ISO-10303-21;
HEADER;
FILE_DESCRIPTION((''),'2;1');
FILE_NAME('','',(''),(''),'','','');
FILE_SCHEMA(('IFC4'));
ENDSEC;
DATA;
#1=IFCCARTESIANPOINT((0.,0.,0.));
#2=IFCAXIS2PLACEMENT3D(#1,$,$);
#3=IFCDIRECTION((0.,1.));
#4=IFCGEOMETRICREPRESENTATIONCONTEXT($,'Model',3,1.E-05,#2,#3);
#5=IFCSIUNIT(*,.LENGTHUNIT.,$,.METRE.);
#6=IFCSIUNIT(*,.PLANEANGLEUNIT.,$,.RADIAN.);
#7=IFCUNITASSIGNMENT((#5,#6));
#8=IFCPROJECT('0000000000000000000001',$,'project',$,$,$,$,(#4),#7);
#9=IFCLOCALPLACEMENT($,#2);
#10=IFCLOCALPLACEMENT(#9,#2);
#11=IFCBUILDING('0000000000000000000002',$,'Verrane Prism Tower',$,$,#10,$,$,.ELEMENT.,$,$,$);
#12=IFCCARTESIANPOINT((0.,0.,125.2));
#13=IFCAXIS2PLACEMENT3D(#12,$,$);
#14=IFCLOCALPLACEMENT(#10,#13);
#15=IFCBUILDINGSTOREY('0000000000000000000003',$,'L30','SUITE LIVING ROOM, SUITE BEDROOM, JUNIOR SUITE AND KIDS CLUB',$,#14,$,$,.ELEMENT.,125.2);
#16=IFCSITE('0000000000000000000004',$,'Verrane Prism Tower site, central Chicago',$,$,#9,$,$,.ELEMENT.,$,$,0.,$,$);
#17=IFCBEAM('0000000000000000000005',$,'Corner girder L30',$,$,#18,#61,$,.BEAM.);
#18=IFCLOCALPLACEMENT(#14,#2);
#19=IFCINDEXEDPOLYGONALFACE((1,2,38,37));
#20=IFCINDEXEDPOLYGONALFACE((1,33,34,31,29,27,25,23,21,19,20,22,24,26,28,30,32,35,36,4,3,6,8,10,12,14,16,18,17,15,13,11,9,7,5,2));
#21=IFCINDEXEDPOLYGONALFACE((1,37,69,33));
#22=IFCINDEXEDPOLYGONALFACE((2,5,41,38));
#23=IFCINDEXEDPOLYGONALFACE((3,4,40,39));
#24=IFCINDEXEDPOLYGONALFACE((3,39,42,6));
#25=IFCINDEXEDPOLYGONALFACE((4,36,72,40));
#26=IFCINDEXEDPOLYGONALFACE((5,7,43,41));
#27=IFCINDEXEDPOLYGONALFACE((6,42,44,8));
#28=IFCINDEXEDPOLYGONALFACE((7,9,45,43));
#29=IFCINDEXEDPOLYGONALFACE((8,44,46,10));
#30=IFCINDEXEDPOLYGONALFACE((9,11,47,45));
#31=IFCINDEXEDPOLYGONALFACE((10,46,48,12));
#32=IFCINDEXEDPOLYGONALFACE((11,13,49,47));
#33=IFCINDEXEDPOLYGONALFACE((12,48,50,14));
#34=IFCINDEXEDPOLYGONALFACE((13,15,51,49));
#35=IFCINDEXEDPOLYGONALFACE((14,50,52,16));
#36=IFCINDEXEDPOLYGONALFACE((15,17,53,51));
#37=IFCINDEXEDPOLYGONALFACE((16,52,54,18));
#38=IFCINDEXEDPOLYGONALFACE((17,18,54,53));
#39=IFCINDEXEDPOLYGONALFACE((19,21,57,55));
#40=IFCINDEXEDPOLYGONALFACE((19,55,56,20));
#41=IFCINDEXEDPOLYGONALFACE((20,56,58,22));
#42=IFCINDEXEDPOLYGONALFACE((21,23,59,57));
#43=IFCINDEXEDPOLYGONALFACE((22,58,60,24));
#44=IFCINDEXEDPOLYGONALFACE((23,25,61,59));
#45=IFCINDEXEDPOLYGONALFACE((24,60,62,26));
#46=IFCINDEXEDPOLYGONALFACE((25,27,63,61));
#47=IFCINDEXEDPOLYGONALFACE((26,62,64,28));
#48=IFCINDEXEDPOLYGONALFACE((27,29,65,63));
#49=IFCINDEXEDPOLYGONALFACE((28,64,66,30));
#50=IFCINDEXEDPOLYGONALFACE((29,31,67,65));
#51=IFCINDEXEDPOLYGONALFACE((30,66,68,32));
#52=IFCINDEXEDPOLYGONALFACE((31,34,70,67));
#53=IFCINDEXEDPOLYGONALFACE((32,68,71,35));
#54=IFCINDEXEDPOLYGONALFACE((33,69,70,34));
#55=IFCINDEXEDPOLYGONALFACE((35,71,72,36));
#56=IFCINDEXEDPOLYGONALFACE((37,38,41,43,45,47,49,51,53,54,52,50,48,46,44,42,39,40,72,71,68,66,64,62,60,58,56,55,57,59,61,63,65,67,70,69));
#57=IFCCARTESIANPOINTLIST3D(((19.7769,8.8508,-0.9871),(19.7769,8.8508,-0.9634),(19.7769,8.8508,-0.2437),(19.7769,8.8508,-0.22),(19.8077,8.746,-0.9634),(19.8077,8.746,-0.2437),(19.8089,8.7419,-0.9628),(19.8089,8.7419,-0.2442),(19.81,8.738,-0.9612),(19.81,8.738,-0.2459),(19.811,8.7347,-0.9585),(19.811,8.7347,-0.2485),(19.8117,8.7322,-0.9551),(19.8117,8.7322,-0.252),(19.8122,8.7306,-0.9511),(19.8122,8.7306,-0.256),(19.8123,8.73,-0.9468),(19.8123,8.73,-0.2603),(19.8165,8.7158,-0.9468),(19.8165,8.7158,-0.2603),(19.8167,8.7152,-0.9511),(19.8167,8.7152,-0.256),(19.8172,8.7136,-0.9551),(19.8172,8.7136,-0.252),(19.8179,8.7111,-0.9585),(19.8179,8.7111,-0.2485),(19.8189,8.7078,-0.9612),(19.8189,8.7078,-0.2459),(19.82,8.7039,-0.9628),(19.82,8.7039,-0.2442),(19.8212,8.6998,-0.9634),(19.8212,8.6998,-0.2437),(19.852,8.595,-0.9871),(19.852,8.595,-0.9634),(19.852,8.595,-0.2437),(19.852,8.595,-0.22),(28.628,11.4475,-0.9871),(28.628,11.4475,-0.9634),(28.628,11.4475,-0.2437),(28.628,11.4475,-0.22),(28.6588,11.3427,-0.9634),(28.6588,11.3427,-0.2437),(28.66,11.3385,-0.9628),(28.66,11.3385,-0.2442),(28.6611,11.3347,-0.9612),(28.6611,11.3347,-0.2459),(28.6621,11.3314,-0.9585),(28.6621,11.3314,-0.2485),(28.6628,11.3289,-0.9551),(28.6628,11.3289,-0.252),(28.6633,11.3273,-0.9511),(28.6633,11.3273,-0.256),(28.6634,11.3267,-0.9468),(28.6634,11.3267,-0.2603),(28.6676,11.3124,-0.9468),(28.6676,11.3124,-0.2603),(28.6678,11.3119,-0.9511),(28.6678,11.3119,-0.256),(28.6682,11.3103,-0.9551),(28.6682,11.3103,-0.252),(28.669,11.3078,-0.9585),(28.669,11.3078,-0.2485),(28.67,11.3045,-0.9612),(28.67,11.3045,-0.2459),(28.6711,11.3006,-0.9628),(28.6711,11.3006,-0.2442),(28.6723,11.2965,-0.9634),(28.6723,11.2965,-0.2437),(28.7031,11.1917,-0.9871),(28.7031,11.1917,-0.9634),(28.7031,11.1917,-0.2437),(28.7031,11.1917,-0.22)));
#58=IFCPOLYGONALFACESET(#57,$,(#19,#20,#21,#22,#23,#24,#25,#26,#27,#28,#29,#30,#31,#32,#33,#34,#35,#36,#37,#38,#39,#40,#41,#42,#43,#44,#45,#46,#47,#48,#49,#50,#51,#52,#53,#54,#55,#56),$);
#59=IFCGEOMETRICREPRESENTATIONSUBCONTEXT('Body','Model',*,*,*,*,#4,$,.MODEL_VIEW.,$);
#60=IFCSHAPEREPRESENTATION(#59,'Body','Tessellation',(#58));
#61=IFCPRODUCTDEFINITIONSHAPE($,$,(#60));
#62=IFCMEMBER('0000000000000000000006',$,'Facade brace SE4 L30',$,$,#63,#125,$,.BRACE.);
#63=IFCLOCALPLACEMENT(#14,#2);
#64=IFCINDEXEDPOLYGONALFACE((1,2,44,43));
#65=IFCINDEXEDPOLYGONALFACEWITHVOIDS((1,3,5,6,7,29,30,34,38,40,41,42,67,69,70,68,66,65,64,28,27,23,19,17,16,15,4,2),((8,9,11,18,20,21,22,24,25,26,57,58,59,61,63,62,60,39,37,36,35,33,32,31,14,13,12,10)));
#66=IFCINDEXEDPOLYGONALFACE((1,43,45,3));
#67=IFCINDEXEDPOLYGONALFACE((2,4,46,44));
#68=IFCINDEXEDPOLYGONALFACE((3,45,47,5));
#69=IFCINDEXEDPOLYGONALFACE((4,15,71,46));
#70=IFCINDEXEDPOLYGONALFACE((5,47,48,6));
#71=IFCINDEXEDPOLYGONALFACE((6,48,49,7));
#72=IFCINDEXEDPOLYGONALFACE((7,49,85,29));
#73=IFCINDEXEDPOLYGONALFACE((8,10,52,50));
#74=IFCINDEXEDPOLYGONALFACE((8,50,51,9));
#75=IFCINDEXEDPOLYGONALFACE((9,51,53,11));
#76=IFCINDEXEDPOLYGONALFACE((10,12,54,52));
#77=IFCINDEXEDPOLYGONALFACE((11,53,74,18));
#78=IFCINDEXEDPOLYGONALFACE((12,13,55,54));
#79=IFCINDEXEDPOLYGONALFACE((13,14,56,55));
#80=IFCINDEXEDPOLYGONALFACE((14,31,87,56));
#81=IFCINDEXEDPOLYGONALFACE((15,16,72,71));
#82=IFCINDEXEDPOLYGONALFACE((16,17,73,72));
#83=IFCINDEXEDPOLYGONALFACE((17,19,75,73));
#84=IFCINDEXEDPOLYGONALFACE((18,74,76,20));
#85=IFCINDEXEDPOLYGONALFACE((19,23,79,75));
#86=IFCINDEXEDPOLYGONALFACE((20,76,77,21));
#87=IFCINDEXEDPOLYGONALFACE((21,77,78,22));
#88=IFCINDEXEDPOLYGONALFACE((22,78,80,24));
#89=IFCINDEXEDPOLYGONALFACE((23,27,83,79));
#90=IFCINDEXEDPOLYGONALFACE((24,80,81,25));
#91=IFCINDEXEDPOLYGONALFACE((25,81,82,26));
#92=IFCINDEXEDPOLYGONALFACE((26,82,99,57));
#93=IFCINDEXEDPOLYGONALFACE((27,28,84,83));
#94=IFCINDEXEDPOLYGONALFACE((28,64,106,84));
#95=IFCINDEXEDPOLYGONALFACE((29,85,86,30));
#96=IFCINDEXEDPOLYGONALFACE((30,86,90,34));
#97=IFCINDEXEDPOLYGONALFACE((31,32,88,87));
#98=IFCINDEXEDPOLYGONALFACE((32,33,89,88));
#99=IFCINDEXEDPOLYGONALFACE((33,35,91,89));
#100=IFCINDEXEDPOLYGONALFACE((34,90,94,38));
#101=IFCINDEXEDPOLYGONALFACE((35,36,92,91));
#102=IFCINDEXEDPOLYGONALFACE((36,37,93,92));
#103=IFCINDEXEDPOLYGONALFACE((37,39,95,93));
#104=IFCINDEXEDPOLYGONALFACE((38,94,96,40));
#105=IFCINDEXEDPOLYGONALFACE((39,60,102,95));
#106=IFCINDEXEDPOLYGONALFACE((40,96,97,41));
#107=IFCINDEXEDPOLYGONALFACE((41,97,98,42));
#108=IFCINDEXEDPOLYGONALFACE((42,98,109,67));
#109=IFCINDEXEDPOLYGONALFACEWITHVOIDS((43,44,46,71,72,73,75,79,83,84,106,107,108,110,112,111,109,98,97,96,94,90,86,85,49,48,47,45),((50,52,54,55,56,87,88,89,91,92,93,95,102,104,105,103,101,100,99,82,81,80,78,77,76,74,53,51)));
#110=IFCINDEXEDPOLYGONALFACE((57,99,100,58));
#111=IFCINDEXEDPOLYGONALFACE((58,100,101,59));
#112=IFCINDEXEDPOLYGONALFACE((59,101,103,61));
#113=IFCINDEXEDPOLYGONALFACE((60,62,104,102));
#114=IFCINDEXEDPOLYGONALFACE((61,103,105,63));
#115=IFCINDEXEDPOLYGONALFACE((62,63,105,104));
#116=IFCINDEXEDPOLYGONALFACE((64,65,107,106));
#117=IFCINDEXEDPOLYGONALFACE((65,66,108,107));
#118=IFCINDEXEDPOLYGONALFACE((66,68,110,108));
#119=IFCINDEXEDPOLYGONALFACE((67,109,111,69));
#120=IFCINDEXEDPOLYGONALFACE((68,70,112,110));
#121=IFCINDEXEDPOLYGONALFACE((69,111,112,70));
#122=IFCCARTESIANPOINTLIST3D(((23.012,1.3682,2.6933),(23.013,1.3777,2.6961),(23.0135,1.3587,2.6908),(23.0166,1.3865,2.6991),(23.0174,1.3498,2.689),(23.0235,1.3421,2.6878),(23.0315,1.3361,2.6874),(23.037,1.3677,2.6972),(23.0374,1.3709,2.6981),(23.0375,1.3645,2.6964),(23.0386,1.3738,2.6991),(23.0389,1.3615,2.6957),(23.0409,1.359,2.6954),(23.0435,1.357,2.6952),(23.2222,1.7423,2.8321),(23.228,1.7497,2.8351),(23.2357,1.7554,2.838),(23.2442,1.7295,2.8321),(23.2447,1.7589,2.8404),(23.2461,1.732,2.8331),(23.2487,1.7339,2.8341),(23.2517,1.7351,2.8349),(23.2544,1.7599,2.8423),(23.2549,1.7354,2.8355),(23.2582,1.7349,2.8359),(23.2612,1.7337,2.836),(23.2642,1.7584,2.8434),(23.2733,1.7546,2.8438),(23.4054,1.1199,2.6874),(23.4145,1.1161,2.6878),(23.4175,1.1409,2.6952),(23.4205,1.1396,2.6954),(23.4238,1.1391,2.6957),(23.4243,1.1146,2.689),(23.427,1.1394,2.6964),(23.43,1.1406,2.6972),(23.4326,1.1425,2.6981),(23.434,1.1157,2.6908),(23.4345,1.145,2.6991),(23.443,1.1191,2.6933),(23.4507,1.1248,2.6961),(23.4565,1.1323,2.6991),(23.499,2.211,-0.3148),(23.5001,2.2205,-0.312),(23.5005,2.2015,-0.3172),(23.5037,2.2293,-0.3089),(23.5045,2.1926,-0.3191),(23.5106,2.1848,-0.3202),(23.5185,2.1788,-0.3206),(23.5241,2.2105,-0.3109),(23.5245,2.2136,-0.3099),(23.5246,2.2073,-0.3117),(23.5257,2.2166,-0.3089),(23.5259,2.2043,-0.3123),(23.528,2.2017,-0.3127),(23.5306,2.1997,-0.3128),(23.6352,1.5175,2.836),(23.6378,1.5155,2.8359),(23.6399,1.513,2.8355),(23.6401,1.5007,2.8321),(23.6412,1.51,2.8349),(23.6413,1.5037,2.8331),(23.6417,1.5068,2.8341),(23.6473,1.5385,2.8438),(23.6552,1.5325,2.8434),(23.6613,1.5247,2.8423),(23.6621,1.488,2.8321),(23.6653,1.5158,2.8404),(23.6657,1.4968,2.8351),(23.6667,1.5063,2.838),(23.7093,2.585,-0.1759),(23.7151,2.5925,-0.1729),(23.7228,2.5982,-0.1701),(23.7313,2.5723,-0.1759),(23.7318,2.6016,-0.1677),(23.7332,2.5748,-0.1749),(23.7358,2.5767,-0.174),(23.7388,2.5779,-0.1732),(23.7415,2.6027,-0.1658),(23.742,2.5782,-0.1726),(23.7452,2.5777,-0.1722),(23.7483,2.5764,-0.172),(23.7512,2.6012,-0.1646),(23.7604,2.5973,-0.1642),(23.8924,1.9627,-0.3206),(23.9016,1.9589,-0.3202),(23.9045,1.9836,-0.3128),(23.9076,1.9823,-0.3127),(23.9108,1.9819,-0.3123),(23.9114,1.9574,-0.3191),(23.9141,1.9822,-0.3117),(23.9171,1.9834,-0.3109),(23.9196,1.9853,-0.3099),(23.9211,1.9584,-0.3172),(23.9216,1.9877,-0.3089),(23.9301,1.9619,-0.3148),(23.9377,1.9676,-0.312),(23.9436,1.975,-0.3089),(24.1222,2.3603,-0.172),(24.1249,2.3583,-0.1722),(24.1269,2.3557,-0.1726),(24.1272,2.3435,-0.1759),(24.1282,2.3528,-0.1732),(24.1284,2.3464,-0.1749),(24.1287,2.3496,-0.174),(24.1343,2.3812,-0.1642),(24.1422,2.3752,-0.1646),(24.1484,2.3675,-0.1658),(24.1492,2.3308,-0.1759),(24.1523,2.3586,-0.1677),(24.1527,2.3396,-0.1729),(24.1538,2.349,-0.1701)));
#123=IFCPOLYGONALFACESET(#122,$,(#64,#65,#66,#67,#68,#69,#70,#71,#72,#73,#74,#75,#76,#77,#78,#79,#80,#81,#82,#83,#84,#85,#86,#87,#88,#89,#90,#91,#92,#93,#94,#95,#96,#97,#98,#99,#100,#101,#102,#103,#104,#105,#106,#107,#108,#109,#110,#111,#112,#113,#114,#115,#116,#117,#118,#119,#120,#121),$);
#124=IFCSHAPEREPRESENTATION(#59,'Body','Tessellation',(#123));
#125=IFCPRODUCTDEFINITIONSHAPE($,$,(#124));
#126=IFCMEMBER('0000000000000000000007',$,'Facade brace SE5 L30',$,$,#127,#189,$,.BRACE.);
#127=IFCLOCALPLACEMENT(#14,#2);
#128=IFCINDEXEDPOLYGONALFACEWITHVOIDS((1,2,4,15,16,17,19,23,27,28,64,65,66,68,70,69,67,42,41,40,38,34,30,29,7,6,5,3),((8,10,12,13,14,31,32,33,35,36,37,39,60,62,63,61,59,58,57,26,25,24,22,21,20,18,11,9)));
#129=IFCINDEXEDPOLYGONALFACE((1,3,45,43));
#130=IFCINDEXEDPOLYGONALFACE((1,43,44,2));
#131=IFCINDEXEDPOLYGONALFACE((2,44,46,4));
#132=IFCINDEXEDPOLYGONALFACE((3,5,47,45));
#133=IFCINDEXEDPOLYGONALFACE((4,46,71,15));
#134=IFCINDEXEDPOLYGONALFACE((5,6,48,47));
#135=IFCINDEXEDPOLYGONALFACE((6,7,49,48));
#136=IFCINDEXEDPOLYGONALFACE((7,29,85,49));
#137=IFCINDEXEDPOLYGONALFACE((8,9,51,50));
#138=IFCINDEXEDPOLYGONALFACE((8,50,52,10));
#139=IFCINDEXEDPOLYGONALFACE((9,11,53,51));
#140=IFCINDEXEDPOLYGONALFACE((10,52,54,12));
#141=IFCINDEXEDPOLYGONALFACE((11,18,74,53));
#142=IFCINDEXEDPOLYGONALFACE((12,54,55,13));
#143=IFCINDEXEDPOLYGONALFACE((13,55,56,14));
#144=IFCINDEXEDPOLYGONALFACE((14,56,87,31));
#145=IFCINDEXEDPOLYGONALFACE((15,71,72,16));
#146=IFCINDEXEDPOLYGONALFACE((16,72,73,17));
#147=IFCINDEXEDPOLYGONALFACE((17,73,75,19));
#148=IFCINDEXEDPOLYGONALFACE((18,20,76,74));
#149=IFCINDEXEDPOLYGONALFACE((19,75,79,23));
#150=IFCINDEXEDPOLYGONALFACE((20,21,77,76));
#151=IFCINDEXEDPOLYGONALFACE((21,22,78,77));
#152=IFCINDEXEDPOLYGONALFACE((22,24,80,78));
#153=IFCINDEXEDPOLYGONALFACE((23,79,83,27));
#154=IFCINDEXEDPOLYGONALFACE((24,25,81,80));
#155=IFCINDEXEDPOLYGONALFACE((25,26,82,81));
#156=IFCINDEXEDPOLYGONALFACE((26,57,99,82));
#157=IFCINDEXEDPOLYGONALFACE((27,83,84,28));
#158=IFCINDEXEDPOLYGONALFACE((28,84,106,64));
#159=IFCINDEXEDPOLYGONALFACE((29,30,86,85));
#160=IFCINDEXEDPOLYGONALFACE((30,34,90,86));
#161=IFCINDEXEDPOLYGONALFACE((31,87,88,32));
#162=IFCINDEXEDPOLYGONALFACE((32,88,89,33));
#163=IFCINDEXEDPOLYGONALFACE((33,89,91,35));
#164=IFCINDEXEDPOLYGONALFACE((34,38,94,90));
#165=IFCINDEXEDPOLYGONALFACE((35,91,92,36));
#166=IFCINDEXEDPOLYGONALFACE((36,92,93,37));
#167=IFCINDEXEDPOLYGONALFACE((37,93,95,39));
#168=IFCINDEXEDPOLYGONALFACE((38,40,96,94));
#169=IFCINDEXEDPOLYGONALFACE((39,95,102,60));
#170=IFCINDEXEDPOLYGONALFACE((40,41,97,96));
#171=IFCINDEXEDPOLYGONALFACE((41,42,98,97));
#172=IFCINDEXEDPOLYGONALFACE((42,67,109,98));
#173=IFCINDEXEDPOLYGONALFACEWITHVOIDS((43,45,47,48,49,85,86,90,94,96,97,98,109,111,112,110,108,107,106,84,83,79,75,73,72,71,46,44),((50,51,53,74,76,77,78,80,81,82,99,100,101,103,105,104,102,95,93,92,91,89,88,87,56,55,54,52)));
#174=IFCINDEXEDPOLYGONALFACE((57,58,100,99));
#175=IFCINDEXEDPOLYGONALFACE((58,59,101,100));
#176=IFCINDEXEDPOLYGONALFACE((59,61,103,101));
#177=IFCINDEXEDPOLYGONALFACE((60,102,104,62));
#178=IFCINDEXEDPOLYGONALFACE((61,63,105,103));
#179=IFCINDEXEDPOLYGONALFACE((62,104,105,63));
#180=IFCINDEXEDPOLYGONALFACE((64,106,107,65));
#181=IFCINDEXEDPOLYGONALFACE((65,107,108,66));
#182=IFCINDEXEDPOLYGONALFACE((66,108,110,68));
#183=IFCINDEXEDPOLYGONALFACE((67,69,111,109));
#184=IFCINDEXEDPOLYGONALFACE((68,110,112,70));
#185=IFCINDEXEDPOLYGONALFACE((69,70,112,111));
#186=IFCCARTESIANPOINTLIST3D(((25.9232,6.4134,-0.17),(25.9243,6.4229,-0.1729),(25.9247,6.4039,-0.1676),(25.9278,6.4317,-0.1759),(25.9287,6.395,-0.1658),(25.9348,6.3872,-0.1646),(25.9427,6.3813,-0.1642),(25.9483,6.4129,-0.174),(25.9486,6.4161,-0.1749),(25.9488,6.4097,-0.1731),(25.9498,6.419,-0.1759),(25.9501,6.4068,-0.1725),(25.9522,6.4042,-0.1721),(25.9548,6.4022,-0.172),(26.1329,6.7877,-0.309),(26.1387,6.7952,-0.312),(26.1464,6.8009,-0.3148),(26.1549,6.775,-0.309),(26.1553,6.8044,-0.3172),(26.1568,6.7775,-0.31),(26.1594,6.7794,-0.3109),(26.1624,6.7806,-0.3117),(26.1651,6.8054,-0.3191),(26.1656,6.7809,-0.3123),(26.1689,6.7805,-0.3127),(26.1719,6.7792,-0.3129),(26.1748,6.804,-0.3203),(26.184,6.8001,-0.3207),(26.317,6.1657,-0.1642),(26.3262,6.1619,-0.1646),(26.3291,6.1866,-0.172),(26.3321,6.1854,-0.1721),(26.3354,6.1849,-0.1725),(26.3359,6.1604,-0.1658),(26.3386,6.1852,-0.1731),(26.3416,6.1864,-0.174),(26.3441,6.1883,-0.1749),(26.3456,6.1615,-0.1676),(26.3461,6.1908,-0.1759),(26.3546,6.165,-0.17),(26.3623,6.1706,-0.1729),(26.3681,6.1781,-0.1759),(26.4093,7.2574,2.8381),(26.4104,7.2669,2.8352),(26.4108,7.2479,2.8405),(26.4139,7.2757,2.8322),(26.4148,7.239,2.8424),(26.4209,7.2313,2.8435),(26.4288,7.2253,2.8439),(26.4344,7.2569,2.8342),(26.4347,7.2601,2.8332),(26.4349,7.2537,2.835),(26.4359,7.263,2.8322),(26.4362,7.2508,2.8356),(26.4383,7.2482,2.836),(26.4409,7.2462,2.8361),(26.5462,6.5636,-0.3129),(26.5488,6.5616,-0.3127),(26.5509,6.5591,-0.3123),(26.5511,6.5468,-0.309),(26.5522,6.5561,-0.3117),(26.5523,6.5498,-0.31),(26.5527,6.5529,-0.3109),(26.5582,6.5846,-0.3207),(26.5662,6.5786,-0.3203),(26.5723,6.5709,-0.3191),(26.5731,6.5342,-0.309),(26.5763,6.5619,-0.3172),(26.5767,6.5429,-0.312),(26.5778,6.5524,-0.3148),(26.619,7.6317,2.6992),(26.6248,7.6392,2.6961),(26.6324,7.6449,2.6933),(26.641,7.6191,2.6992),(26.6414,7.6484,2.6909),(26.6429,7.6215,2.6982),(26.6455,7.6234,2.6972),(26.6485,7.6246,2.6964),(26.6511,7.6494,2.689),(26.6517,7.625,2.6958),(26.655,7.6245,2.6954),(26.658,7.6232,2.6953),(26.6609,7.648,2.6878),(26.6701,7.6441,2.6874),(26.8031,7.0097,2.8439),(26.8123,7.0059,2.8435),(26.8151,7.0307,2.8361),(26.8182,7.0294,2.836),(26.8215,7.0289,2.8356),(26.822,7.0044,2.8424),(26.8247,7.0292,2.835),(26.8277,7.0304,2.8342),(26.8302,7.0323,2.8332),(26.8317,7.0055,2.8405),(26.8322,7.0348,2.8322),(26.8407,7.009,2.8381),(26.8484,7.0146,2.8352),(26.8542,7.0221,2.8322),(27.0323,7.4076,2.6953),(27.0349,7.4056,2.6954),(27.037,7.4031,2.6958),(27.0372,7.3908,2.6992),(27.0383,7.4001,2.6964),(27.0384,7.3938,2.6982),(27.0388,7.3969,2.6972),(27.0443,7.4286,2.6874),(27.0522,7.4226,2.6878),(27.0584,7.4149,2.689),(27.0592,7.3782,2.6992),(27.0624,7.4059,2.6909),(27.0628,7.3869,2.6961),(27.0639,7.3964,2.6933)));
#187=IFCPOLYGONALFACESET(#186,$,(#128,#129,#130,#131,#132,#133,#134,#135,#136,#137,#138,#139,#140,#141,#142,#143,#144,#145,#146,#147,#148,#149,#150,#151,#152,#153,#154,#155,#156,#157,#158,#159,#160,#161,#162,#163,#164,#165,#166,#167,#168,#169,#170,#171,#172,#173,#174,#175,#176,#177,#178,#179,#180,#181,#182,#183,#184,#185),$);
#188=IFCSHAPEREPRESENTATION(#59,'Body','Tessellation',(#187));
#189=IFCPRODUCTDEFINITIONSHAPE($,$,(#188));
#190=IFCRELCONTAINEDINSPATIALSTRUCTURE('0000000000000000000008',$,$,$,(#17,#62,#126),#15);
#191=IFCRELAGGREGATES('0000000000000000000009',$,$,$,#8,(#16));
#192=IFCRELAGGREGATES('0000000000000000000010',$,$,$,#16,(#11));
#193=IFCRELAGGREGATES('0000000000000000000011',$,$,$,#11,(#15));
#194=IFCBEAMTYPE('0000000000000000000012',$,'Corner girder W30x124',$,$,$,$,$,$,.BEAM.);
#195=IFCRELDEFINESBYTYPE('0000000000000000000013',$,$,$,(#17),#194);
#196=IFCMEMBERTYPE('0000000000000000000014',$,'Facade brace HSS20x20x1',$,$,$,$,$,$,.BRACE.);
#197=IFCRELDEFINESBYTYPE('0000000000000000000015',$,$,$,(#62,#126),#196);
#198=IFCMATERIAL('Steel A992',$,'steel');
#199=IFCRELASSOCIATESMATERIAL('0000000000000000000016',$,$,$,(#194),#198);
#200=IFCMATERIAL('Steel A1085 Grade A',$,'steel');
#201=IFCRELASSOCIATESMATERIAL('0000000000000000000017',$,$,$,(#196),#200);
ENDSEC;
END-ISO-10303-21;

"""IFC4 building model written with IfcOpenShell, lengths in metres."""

from ifc_helpers import new_model, si_unit, direction, frame, origin, origin_2d, place, context, subcontext, project, spatial, hollow_rectangle, i_section, extrude, material, material_profile, profile_set, type_object, element, save


model = new_model("IFC4")

# Units and contexts
model_context = context("Model", 3, precision=1e-05, world=origin(), true_north=direction((0.0, 1.0)))
body_context = subcontext(model_context, "Body", "Model", "MODEL_VIEW")
ifc_project = project(units=[si_unit("LENGTHUNIT", "METRE"), si_unit("PLANEANGLEUNIT", "RADIAN")], contexts=[model_context])

# Site, building, storey
site_placement = place(None, origin())
site = spatial("IfcSite", under=ifc_project, at=site_placement, Name="Verrane Prism Tower site, central Chicago", CompositionType="ELEMENT", RefElevation=0.0)
building_placement = place(site_placement, origin())
building = spatial("IfcBuilding", under=site, at=building_placement, Name="Verrane Prism Tower", CompositionType="ELEMENT")
storey_placement = place(building_placement, frame((0.0, 0.0, 125.2)))
storey = spatial("IfcBuildingStorey", under=building, at=storey_placement, Name="L30", Description="SUITE LIVING ROOM, SUITE BEDROOM, JUNIOR SUITE AND KIDS CLUB", CompositionType="ELEMENT", Elevation=125.2)

# Beam
ifc_material_1 = material(Name="Steel A992", Category="steel")
ifc_material_profile_1 = material_profile(ifc_material_1, i_section(OverallWidth=0.2666, OverallDepth=0.7671, WebThickness=0.0149, FlangeThickness=0.0237, FilletRadius=0.0166, at=origin_2d()), Name="W30x124")
ifc_profile_set_1 = profile_set([ifc_material_profile_1], Name="Steel A992")
beam_type_1 = type_object("IfcBeamType", Name="Corner girder W30x124", PredefinedType="BEAM", material=ifc_profile_set_1)
beam_1_placement = place(storey_placement, frame((28.6655, 11.3196, -0.6035), z_axis=(-0.959558, -0.28151, 0.0), x_axis=(0.28151, -0.959558, 0.0)))
element("IfcBeam", 1, at=beam_1_placement, inside=storey, type_object=beam_type_1, Name="Corner girder L30", PredefinedType="BEAM", context=body_context, shape_type="SweptSolid", body=[
    extrude(i_section(OverallWidth=0.2666, OverallDepth=0.7671, WebThickness=0.0149, FlangeThickness=0.0237, FilletRadius=0.0166, at=origin_2d()), origin(), (0.0, 0.0, 1.0), 9.2241),
])

# Members
ifc_material_2 = material(Name="Steel A1085 Grade A", Category="steel")
ifc_material_profile_2 = material_profile(ifc_material_2, hollow_rectangle(XDim=0.5081, YDim=0.5081, WallThickness=0.0254, InnerFilletRadius=0.0127, OuterFilletRadius=0.0381, at=origin_2d()), Name="HSS20x20x1")
ifc_profile_set_2 = profile_set([ifc_material_profile_2], Name="Steel A1085 Grade A")
member_type_1 = type_object("IfcMemberType", Name="Facade brace HSS20x20x1", PredefinedType="BRACE", material=ifc_profile_set_2)
member_1_placement = place(storey_placement, frame((23.8264, 2.28, -0.2424), z_axis=(-0.154054, -0.266563, 0.951426), x_axis=(0.86581, -0.500374, 0.0)))
element("IfcMember", 2, at=member_1_placement, inside=storey, type_object=member_type_1, Name="Facade brace SE4 L30", PredefinedType="BRACE", context=body_context, shape_type="SweptSolid", body=[
    extrude(hollow_rectangle(XDim=0.5081, YDim=0.5081, WallThickness=0.0254, InnerFilletRadius=0.0127, OuterFilletRadius=0.0381, at=origin_2d()), origin(), (0.0, 0.0, 1.0), 3.1616),
])
member_2_placement = place(storey_placement, frame((26.2505, 6.4829, -0.2424), z_axis=(0.153736, 0.266934, 0.951373), x_axis=(-0.866557, 0.499079, 0.0)))
element("IfcMember", 3, at=member_2_placement, inside=storey, type_object=member_type_1, Name="Facade brace SE5 L30", PredefinedType="BRACE", context=body_context, shape_type="SweptSolid", body=[
    extrude(hollow_rectangle(XDim=0.5081, YDim=0.5081, WallThickness=0.0254, InnerFilletRadius=0.0127, OuterFilletRadius=0.0381, at=origin_2d()), origin(), (0.0, 0.0, 1.0), 3.1619),
])

save(model, "model.ifc")
